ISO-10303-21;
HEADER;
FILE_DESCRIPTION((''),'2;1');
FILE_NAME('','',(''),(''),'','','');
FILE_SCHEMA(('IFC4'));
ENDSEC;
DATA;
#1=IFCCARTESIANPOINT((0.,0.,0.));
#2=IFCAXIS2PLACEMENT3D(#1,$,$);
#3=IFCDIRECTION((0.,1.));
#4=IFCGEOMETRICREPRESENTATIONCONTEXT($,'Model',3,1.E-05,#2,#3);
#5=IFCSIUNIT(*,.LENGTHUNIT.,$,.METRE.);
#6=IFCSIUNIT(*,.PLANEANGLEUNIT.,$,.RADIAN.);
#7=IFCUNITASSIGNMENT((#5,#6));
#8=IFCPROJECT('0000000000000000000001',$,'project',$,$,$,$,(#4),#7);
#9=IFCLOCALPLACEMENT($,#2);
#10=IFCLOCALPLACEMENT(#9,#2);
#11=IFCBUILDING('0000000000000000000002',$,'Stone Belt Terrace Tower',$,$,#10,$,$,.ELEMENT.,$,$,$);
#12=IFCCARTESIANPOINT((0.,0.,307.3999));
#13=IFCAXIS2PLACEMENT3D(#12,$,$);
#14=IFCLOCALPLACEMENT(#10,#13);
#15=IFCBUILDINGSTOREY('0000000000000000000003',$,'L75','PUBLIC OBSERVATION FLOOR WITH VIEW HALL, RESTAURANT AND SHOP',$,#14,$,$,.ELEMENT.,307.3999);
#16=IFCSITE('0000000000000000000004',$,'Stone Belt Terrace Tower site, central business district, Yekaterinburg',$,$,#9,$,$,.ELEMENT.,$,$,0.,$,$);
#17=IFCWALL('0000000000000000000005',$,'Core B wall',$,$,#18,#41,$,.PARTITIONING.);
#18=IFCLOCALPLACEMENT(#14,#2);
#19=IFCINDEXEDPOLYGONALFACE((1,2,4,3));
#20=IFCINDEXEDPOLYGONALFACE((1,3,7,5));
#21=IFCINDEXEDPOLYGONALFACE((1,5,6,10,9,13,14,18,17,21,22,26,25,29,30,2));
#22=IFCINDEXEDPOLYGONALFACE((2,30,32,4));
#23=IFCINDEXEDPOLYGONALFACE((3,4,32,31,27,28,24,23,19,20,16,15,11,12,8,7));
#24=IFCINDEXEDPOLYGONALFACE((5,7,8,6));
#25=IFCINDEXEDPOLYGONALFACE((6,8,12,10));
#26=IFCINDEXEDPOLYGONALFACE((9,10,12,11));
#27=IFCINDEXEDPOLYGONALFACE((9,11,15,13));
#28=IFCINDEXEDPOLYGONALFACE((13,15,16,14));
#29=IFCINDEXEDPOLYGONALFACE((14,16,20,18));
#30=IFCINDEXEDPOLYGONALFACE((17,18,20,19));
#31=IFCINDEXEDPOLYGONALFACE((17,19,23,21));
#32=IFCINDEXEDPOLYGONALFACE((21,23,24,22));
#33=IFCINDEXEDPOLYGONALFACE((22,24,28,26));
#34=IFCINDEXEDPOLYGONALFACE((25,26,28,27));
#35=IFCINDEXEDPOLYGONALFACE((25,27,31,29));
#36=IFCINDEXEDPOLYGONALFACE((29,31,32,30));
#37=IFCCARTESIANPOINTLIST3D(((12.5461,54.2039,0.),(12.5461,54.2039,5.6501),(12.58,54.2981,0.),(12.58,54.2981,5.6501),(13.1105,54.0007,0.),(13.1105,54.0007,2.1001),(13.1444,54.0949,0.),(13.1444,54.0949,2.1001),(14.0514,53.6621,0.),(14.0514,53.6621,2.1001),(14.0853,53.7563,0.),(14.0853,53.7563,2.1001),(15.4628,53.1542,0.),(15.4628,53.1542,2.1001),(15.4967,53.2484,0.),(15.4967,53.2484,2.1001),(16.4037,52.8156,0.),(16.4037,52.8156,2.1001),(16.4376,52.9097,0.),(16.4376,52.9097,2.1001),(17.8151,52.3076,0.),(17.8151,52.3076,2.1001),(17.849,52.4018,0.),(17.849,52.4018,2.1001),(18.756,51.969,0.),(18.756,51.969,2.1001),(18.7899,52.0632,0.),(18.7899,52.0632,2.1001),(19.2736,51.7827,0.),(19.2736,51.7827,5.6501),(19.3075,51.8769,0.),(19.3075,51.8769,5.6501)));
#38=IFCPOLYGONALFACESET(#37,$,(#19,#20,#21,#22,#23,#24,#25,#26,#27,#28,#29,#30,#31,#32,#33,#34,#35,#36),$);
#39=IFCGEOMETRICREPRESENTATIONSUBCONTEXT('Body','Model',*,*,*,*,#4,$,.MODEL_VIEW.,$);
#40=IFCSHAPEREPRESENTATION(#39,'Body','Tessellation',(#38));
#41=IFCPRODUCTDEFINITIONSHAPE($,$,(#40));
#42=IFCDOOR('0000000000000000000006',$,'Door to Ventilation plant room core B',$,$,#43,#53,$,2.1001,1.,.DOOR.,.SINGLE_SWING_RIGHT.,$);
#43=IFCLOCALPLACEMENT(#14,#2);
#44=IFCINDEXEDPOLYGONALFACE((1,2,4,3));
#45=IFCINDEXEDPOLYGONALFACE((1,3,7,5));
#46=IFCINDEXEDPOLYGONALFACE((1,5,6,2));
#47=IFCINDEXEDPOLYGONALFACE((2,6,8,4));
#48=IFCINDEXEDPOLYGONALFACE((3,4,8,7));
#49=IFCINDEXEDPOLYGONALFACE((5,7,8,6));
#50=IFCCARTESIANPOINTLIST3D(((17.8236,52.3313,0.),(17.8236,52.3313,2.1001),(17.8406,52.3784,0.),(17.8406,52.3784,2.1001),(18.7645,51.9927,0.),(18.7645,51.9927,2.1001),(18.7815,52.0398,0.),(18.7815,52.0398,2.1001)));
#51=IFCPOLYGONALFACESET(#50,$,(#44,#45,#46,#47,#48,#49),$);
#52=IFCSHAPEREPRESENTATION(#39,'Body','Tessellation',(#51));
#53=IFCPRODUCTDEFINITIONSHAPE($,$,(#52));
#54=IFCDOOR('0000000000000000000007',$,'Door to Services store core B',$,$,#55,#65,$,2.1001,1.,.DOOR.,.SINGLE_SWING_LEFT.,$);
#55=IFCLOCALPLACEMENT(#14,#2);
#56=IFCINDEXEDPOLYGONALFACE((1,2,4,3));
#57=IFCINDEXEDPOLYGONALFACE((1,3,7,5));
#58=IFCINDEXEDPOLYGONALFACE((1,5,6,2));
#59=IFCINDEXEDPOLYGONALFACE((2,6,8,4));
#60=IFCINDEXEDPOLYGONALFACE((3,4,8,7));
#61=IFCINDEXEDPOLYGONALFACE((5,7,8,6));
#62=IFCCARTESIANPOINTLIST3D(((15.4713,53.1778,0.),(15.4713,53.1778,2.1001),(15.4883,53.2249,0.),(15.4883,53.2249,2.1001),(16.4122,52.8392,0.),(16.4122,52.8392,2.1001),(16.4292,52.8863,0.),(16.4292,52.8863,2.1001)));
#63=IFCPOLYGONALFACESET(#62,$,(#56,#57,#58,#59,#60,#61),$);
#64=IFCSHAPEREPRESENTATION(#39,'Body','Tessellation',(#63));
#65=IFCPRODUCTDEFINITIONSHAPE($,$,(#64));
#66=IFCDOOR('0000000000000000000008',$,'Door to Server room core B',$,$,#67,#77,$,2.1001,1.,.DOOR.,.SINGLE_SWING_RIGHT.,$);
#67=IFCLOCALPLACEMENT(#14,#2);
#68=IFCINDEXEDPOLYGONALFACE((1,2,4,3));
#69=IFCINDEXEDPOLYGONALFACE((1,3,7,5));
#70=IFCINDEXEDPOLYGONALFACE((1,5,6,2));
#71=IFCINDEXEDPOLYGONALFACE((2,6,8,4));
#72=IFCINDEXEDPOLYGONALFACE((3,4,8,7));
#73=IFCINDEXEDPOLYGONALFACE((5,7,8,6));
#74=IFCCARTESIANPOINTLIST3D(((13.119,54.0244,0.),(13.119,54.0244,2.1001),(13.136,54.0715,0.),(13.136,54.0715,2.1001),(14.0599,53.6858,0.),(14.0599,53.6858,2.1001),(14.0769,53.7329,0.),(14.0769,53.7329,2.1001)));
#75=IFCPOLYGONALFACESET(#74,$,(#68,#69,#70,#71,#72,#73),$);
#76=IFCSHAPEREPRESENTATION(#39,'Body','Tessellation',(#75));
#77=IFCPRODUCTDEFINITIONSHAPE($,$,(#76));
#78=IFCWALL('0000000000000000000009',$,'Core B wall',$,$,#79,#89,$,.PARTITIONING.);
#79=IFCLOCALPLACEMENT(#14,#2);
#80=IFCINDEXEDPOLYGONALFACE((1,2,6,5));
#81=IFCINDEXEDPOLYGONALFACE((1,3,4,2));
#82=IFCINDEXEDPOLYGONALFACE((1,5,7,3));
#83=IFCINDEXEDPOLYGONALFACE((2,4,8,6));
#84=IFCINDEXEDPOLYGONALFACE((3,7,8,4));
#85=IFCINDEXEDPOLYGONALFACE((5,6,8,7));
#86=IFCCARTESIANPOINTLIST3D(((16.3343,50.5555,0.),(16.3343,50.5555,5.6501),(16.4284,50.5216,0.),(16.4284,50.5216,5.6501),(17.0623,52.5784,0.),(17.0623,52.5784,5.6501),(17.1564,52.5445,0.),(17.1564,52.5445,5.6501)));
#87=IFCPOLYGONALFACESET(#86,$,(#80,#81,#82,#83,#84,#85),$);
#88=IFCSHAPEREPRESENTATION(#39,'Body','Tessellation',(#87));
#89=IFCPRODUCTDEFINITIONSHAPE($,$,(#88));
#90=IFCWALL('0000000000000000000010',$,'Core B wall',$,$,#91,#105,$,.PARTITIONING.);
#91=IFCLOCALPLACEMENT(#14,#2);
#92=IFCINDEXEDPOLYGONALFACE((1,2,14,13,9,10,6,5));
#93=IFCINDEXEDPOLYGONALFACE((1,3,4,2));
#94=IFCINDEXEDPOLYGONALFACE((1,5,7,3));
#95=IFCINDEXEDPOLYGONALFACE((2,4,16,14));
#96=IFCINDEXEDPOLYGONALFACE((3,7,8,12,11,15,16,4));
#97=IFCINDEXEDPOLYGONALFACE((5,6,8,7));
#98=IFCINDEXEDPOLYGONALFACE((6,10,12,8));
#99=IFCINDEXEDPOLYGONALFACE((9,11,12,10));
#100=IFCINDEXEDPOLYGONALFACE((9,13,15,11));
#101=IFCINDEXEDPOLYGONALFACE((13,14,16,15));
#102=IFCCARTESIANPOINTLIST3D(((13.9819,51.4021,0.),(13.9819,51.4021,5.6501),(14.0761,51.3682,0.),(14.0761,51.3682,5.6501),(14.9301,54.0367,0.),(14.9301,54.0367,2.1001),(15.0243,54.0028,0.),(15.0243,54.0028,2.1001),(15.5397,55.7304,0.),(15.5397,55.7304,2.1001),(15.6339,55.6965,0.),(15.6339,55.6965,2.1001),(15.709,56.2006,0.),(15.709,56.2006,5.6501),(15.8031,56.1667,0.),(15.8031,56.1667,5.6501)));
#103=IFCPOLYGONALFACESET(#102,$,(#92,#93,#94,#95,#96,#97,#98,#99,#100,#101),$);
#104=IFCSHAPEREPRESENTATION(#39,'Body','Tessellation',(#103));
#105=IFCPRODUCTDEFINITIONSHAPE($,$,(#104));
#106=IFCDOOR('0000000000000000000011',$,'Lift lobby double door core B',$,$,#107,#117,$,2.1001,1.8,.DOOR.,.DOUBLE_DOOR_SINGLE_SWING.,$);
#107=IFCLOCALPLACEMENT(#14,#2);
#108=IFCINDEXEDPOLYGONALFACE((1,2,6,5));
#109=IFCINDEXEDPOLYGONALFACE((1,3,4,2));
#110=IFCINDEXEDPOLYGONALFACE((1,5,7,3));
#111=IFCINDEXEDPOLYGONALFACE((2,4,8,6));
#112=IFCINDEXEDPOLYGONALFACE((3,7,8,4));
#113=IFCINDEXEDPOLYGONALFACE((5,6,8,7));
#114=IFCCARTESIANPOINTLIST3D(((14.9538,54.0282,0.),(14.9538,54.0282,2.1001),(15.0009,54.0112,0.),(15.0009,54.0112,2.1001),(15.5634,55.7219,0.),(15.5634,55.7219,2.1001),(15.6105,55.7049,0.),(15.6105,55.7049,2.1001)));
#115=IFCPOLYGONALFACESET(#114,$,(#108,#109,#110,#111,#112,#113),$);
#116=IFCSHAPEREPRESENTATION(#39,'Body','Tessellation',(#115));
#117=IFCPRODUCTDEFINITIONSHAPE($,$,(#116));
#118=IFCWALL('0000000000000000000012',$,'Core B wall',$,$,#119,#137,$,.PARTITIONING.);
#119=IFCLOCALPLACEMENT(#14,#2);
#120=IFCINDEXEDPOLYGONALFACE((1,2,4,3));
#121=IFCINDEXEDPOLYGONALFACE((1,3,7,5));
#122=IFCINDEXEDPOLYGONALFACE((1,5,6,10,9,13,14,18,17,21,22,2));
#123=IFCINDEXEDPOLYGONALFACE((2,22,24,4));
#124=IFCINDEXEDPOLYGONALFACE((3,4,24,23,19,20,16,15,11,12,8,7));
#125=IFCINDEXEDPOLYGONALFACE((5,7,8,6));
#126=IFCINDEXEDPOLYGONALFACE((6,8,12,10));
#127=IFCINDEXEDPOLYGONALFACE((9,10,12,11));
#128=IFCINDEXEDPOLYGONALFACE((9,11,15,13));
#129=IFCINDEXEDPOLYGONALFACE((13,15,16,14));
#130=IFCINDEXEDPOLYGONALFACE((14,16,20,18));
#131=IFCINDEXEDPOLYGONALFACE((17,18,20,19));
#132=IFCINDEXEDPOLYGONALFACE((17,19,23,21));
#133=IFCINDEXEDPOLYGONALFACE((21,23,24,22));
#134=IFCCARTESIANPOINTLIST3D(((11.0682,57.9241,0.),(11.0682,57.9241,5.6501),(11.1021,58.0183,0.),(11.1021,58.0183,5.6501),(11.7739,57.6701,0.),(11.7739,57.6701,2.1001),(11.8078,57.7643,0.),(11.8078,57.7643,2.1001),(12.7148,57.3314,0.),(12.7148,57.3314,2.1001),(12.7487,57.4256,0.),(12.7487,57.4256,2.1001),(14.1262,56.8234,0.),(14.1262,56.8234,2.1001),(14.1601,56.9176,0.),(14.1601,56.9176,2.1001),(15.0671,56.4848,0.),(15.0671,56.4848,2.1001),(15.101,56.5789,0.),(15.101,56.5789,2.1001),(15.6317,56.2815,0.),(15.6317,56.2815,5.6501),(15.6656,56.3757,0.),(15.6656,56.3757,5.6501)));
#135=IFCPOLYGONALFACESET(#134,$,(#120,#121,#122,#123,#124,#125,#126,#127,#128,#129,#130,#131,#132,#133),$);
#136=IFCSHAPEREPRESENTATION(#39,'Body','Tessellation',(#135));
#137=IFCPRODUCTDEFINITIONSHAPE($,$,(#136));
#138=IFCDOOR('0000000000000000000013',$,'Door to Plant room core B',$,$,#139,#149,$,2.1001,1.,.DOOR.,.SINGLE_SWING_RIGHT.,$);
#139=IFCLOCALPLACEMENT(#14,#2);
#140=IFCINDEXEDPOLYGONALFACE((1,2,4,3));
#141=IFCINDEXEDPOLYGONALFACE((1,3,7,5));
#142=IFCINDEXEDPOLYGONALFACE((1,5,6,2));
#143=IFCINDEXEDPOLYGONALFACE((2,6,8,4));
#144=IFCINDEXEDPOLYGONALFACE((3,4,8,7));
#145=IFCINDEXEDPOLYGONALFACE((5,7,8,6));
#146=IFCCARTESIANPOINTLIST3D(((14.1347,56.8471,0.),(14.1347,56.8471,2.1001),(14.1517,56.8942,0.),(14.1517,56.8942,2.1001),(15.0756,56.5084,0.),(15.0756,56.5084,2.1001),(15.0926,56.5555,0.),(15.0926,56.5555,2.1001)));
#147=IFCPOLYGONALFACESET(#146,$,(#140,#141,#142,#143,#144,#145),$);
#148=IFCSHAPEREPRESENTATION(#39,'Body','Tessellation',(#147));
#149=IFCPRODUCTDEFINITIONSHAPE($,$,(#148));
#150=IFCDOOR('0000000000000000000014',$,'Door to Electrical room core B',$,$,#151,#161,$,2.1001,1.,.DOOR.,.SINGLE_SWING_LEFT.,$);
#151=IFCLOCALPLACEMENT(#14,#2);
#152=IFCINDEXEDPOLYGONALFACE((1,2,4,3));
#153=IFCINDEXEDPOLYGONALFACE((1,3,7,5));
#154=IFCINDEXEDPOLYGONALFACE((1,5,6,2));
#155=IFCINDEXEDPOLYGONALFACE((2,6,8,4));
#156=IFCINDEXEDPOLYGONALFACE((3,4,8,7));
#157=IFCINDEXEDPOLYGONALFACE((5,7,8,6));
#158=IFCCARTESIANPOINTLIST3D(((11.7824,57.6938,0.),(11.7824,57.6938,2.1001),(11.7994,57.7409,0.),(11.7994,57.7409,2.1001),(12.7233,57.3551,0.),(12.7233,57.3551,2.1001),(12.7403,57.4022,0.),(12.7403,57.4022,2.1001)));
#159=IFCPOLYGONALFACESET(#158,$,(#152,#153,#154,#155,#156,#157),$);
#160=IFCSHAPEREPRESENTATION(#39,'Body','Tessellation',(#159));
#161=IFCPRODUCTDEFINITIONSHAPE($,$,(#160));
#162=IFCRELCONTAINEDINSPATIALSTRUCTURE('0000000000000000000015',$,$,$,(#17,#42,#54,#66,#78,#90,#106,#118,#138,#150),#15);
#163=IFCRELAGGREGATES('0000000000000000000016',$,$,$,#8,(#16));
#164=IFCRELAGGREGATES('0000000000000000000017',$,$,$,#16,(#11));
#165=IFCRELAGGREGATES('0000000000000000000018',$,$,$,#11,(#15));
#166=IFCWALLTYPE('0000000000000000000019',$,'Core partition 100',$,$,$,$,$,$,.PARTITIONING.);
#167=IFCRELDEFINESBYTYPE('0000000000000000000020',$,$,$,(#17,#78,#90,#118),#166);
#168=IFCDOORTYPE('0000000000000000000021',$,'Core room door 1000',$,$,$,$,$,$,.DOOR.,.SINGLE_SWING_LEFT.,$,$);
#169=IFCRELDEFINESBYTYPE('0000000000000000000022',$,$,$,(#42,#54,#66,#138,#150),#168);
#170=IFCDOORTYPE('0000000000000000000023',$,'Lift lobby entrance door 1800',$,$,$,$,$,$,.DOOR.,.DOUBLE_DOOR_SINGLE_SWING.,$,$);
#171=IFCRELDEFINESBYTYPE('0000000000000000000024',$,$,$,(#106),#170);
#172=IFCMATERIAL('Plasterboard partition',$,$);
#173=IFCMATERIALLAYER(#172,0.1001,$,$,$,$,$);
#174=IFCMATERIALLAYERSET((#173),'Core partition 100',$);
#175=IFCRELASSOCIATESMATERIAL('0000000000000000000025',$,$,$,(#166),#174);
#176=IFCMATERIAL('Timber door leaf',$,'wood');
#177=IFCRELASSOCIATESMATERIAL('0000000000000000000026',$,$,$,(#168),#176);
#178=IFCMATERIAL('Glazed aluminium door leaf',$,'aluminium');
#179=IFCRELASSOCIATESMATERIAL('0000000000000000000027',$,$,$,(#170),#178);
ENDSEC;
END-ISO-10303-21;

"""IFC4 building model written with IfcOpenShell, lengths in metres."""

from ifc_helpers import new_model, si_unit, direction, frame, frame_2d, origin, place, context, subcontext, project, spatial, rectangle, extrude, material, layer, layer_set, type_object, element, fill, save


model = new_model("IFC4")

# Units and contexts
model_context = context("Model", 3, precision=1e-05, world=origin(), true_north=direction((0.0, 1.0)))
body_context = subcontext(model_context, "Body", "Model", "MODEL_VIEW")
ifc_project = project(units=[si_unit("LENGTHUNIT", "METRE"), si_unit("PLANEANGLEUNIT", "RADIAN")], contexts=[model_context])

# Site, building, storey
site_placement = place(None, origin())
site = spatial("IfcSite", under=ifc_project, at=site_placement, Name="Stone Belt Terrace Tower site, central business district, Yekaterinburg", CompositionType="ELEMENT", RefElevation=0.0)
building_placement = place(site_placement, origin())
building = spatial("IfcBuilding", under=site, at=building_placement, Name="Stone Belt Terrace Tower", CompositionType="ELEMENT")
storey_placement = place(building_placement, frame((0.0, 0.0, 307.3999)))
storey = spatial("IfcBuildingStorey", under=building, at=storey_placement, Name="L75", Description="PUBLIC OBSERVATION FLOOR WITH VIEW HALL, RESTAURANT AND SHOP", CompositionType="ELEMENT", Elevation=307.3999)

# Wall, openings, doors
ifc_material_1 = material(Name="Plasterboard partition")
ifc_layer_1 = layer(ifc_material_1, 0.1001)
ifc_layer_set_1 = layer_set([ifc_layer_1], Name="Core partition 100")
wall_type_1 = type_object("IfcWallType", Name="Core partition 100", PredefinedType="PARTITIONING", material=ifc_layer_set_1)
wall_1_placement = place(storey_placement, frame((19.2905, 51.8298, 0.0), z_axis=(0.0, 0.0, 1.0), x_axis=(-0.940922, 0.338624, 0.0)))
wall_1 = element("IfcWall", 1, at=wall_1_placement, inside=storey, type_object=wall_type_1, Name="Core B wall", PredefinedType="PARTITIONING", context=body_context, shape_type="SweptSolid", body=[
    extrude(rectangle(XDim=7.1499, YDim=0.1001, at=frame_2d((3.575, 0.0))), origin(), (0.0, 0.0, 1.0), 5.6501),
])
opening_1_placement = place(wall_1_placement, frame((0.55, 0.0, 0.0)))
opening_1 = element("IfcOpeningElement", 2, at=opening_1_placement, cuts=wall_1, PredefinedType="OPENING", context=body_context, shape_type="SweptSolid", body=[
    extrude(rectangle(XDim=1.0, YDim=2.1001, at=frame_2d((0.5, 1.05))), frame((0.0, 0.0601, 0.0), z_axis=(0.0, -1.0, 0.0), x_axis=(1.0, 0.0, 0.0)), (0.0, 0.0, 1.0), 0.1201),
])
opening_2_placement = place(wall_1_placement, frame((3.05, 0.0, 0.0)))
opening_2 = element("IfcOpeningElement", 3, at=opening_2_placement, cuts=wall_1, PredefinedType="OPENING", context=body_context, shape_type="SweptSolid", body=[
    extrude(rectangle(XDim=1.0, YDim=2.1001, at=frame_2d((0.5, 1.05))), frame((0.0, 0.0601, 0.0), z_axis=(0.0, -1.0, 0.0), x_axis=(1.0, 0.0, 0.0)), (0.0, 0.0, 1.0), 0.1201),
])
opening_3_placement = place(wall_1_placement, frame((5.55, 0.0, 0.0)))
opening_3 = element("IfcOpeningElement", 4, at=opening_3_placement, cuts=wall_1, PredefinedType="OPENING", context=body_context, shape_type="SweptSolid", body=[
    extrude(rectangle(XDim=1.0, YDim=2.1001, at=frame_2d((0.5, 1.05))), frame((0.0, 0.0601, 0.0), z_axis=(0.0, -1.0, 0.0), x_axis=(1.0, 0.0, 0.0)), (0.0, 0.0, 1.0), 0.1201),
])
ifc_material_2 = material(Name="Timber door leaf", Category="wood")
door_type_1 = type_object("IfcDoorType", Name="Core room door 1000", OperationType="SINGLE_SWING_LEFT", PredefinedType="DOOR", material=ifc_material_2)
door_1_placement = place(opening_1_placement, origin())
door_1 = element("IfcDoor", 5, at=door_1_placement, inside=storey, type_object=door_type_1, Name="Door to Ventilation plant room core B", OperationType="SINGLE_SWING_RIGHT", OverallHeight=2.1001, OverallWidth=1.0, PredefinedType="DOOR", context=body_context, shape_type="SweptSolid", body=[
    extrude(rectangle(XDim=1.0, YDim=2.1001, at=frame_2d((0.5, 1.05))), frame((0.0, 0.0249, 0.0), z_axis=(0.0, -1.0, 0.0), x_axis=(1.0, 0.0, 0.0)), (0.0, 0.0, 1.0), 0.05),
])
fill(opening_1, door_1)
door_2_placement = place(opening_2_placement, origin())
door_2 = element("IfcDoor", 6, at=door_2_placement, inside=storey, type_object=door_type_1, Name="Door to Services store core B", OperationType="SINGLE_SWING_LEFT", OverallHeight=2.1001, OverallWidth=1.0, PredefinedType="DOOR", context=body_context, shape_type="SweptSolid", body=[
    extrude(rectangle(XDim=1.0, YDim=2.1001, at=frame_2d((0.5, 1.05))), frame((0.0, 0.0249, 0.0), z_axis=(0.0, -1.0, 0.0), x_axis=(1.0, 0.0, 0.0)), (0.0, 0.0, 1.0), 0.05),
])
fill(opening_2, door_2)
door_3_placement = place(opening_3_placement, origin())
door_3 = element("IfcDoor", 7, at=door_3_placement, inside=storey, type_object=door_type_1, Name="Door to Server room core B", OperationType="SINGLE_SWING_RIGHT", OverallHeight=2.1001, OverallWidth=1.0, PredefinedType="DOOR", context=body_context, shape_type="SweptSolid", body=[
    extrude(rectangle(XDim=1.0, YDim=2.1001, at=frame_2d((0.5, 1.05))), frame((0.0, 0.0249, 0.0), z_axis=(0.0, -1.0, 0.0), x_axis=(1.0, 0.0, 0.0)), (0.0, 0.0, 1.0), 0.05),
])
fill(opening_3, door_3)

# Wall
wall_2_placement = place(storey_placement, frame((16.3813, 50.5386, 0.0), z_axis=(0.0, 0.0, 1.0), x_axis=(0.338623, 0.940922, 0.0)))
element("IfcWall", 8, at=wall_2_placement, inside=storey, type_object=wall_type_1, Name="Core B wall", PredefinedType="PARTITIONING", context=body_context, shape_type="SweptSolid", body=[
    extrude(rectangle(XDim=2.1499, YDim=0.1001, at=frame_2d((1.075, 0.0))), origin(), (0.0, 0.0, 1.0), 5.6501),
])

# Wall, opening, door
wall_3_placement = place(storey_placement, frame((14.0291, 51.3853, 0.0), z_axis=(0.0, 0.0, 1.0), x_axis=(0.338643, 0.940915, 0.0)))
wall_3 = element("IfcWall", 9, at=wall_3_placement, inside=storey, type_object=wall_type_1, Name="Core B wall", PredefinedType="PARTITIONING", context=body_context, shape_type="SweptSolid", body=[
    extrude(rectangle(XDim=5.0999, YDim=0.1001, at=frame_2d((2.5498, 0.0))), origin(), (0.0, 0.0, 1.0), 5.6501),
])
opening_4_placement = place(wall_3_placement, frame((2.8, 0.0, 0.0)))
opening_4 = element("IfcOpeningElement", 10, at=opening_4_placement, cuts=wall_3, PredefinedType="OPENING", context=body_context, shape_type="SweptSolid", body=[
    extrude(rectangle(XDim=1.8, YDim=2.1001, at=frame_2d((0.8999, 1.05))), frame((0.0, 0.0601, 0.0), z_axis=(0.0, -1.0, 0.0), x_axis=(1.0, 0.0, 0.0)), (0.0, 0.0, 1.0), 0.1201),
])
ifc_material_3 = material(Name="Glazed aluminium door leaf", Category="aluminium")
door_type_2 = type_object("IfcDoorType", Name="Lift lobby entrance door 1800", OperationType="DOUBLE_DOOR_SINGLE_SWING", PredefinedType="DOOR", material=ifc_material_3)
door_4_placement = place(opening_4_placement, origin())
door_4 = element("IfcDoor", 11, at=door_4_placement, inside=storey, type_object=door_type_2, Name="Lift lobby double door core B", OperationType="DOUBLE_DOOR_SINGLE_SWING", OverallHeight=2.1001, OverallWidth=1.8, PredefinedType="DOOR", context=body_context, shape_type="SweptSolid", body=[
    extrude(rectangle(XDim=1.8, YDim=2.1001, at=frame_2d((0.8999, 1.05))), frame((0.0, 0.0249, 0.0), z_axis=(0.0, -1.0, 0.0), x_axis=(1.0, 0.0, 0.0)), (0.0, 0.0, 1.0), 0.05),
])
fill(opening_4, door_4)

# Wall, openings, doors
wall_4_placement = place(storey_placement, frame((15.6487, 56.3286, 0.0), z_axis=(0.0, 0.0, 1.0), x_axis=(-0.940905, 0.33867, 0.0)))
wall_4 = element("IfcWall", 12, at=wall_4_placement, inside=storey, type_object=wall_type_1, Name="Core B wall", PredefinedType="PARTITIONING", context=body_context, shape_type="SweptSolid", body=[
    extrude(rectangle(XDim=4.8501, YDim=0.1001, at=frame_2d((2.425, 0.0))), origin(), (0.0, 0.0, 1.0), 5.6501),
])
opening_5_placement = place(wall_4_placement, frame((0.6001, 0.0, 0.0)))
opening_5 = element("IfcOpeningElement", 13, at=opening_5_placement, cuts=wall_4, PredefinedType="OPENING", context=body_context, shape_type="SweptSolid", body=[
    extrude(rectangle(XDim=1.0, YDim=2.1001, at=frame_2d((0.5, 1.05))), frame((0.0, 0.0601, 0.0), z_axis=(0.0, -1.0, 0.0), x_axis=(1.0, 0.0, 0.0)), (0.0, 0.0, 1.0), 0.1201),
])
opening_6_placement = place(wall_4_placement, frame((3.1001, 0.0, 0.0)))
opening_6 = element("IfcOpeningElement", 14, at=opening_6_placement, cuts=wall_4, PredefinedType="OPENING", context=body_context, shape_type="SweptSolid", body=[
    extrude(rectangle(XDim=1.0, YDim=2.1001, at=frame_2d((0.5, 1.05))), frame((0.0, 0.0601, 0.0), z_axis=(0.0, -1.0, 0.0), x_axis=(1.0, 0.0, 0.0)), (0.0, 0.0, 1.0), 0.1201),
])
door_5_placement = place(opening_5_placement, origin())
door_5 = element("IfcDoor", 15, at=door_5_placement, inside=storey, type_object=door_type_1, Name="Door to Plant room core B", OperationType="SINGLE_SWING_RIGHT", OverallHeight=2.1001, OverallWidth=1.0, PredefinedType="DOOR", context=body_context, shape_type="SweptSolid", body=[
    extrude(rectangle(XDim=1.0, YDim=2.1001, at=frame_2d((0.5, 1.05))), frame((0.0, 0.0249, 0.0), z_axis=(0.0, -1.0, 0.0), x_axis=(1.0, 0.0, 0.0)), (0.0, 0.0, 1.0), 0.05),
])
fill(opening_5, door_5)
door_6_placement = place(opening_6_placement, origin())
door_6 = element("IfcDoor", 16, at=door_6_placement, inside=storey, type_object=door_type_1, Name="Door to Electrical room core B", OperationType="SINGLE_SWING_LEFT", OverallHeight=2.1001, OverallWidth=1.0, PredefinedType="DOOR", context=body_context, shape_type="SweptSolid", body=[
    extrude(rectangle(XDim=1.0, YDim=2.1001, at=frame_2d((0.5, 1.05))), frame((0.0, 0.0249, 0.0), z_axis=(0.0, -1.0, 0.0), x_axis=(1.0, 0.0, 0.0)), (0.0, 0.0, 1.0), 0.05),
])
fill(opening_6, door_6)

save(model, "model.ifc")
